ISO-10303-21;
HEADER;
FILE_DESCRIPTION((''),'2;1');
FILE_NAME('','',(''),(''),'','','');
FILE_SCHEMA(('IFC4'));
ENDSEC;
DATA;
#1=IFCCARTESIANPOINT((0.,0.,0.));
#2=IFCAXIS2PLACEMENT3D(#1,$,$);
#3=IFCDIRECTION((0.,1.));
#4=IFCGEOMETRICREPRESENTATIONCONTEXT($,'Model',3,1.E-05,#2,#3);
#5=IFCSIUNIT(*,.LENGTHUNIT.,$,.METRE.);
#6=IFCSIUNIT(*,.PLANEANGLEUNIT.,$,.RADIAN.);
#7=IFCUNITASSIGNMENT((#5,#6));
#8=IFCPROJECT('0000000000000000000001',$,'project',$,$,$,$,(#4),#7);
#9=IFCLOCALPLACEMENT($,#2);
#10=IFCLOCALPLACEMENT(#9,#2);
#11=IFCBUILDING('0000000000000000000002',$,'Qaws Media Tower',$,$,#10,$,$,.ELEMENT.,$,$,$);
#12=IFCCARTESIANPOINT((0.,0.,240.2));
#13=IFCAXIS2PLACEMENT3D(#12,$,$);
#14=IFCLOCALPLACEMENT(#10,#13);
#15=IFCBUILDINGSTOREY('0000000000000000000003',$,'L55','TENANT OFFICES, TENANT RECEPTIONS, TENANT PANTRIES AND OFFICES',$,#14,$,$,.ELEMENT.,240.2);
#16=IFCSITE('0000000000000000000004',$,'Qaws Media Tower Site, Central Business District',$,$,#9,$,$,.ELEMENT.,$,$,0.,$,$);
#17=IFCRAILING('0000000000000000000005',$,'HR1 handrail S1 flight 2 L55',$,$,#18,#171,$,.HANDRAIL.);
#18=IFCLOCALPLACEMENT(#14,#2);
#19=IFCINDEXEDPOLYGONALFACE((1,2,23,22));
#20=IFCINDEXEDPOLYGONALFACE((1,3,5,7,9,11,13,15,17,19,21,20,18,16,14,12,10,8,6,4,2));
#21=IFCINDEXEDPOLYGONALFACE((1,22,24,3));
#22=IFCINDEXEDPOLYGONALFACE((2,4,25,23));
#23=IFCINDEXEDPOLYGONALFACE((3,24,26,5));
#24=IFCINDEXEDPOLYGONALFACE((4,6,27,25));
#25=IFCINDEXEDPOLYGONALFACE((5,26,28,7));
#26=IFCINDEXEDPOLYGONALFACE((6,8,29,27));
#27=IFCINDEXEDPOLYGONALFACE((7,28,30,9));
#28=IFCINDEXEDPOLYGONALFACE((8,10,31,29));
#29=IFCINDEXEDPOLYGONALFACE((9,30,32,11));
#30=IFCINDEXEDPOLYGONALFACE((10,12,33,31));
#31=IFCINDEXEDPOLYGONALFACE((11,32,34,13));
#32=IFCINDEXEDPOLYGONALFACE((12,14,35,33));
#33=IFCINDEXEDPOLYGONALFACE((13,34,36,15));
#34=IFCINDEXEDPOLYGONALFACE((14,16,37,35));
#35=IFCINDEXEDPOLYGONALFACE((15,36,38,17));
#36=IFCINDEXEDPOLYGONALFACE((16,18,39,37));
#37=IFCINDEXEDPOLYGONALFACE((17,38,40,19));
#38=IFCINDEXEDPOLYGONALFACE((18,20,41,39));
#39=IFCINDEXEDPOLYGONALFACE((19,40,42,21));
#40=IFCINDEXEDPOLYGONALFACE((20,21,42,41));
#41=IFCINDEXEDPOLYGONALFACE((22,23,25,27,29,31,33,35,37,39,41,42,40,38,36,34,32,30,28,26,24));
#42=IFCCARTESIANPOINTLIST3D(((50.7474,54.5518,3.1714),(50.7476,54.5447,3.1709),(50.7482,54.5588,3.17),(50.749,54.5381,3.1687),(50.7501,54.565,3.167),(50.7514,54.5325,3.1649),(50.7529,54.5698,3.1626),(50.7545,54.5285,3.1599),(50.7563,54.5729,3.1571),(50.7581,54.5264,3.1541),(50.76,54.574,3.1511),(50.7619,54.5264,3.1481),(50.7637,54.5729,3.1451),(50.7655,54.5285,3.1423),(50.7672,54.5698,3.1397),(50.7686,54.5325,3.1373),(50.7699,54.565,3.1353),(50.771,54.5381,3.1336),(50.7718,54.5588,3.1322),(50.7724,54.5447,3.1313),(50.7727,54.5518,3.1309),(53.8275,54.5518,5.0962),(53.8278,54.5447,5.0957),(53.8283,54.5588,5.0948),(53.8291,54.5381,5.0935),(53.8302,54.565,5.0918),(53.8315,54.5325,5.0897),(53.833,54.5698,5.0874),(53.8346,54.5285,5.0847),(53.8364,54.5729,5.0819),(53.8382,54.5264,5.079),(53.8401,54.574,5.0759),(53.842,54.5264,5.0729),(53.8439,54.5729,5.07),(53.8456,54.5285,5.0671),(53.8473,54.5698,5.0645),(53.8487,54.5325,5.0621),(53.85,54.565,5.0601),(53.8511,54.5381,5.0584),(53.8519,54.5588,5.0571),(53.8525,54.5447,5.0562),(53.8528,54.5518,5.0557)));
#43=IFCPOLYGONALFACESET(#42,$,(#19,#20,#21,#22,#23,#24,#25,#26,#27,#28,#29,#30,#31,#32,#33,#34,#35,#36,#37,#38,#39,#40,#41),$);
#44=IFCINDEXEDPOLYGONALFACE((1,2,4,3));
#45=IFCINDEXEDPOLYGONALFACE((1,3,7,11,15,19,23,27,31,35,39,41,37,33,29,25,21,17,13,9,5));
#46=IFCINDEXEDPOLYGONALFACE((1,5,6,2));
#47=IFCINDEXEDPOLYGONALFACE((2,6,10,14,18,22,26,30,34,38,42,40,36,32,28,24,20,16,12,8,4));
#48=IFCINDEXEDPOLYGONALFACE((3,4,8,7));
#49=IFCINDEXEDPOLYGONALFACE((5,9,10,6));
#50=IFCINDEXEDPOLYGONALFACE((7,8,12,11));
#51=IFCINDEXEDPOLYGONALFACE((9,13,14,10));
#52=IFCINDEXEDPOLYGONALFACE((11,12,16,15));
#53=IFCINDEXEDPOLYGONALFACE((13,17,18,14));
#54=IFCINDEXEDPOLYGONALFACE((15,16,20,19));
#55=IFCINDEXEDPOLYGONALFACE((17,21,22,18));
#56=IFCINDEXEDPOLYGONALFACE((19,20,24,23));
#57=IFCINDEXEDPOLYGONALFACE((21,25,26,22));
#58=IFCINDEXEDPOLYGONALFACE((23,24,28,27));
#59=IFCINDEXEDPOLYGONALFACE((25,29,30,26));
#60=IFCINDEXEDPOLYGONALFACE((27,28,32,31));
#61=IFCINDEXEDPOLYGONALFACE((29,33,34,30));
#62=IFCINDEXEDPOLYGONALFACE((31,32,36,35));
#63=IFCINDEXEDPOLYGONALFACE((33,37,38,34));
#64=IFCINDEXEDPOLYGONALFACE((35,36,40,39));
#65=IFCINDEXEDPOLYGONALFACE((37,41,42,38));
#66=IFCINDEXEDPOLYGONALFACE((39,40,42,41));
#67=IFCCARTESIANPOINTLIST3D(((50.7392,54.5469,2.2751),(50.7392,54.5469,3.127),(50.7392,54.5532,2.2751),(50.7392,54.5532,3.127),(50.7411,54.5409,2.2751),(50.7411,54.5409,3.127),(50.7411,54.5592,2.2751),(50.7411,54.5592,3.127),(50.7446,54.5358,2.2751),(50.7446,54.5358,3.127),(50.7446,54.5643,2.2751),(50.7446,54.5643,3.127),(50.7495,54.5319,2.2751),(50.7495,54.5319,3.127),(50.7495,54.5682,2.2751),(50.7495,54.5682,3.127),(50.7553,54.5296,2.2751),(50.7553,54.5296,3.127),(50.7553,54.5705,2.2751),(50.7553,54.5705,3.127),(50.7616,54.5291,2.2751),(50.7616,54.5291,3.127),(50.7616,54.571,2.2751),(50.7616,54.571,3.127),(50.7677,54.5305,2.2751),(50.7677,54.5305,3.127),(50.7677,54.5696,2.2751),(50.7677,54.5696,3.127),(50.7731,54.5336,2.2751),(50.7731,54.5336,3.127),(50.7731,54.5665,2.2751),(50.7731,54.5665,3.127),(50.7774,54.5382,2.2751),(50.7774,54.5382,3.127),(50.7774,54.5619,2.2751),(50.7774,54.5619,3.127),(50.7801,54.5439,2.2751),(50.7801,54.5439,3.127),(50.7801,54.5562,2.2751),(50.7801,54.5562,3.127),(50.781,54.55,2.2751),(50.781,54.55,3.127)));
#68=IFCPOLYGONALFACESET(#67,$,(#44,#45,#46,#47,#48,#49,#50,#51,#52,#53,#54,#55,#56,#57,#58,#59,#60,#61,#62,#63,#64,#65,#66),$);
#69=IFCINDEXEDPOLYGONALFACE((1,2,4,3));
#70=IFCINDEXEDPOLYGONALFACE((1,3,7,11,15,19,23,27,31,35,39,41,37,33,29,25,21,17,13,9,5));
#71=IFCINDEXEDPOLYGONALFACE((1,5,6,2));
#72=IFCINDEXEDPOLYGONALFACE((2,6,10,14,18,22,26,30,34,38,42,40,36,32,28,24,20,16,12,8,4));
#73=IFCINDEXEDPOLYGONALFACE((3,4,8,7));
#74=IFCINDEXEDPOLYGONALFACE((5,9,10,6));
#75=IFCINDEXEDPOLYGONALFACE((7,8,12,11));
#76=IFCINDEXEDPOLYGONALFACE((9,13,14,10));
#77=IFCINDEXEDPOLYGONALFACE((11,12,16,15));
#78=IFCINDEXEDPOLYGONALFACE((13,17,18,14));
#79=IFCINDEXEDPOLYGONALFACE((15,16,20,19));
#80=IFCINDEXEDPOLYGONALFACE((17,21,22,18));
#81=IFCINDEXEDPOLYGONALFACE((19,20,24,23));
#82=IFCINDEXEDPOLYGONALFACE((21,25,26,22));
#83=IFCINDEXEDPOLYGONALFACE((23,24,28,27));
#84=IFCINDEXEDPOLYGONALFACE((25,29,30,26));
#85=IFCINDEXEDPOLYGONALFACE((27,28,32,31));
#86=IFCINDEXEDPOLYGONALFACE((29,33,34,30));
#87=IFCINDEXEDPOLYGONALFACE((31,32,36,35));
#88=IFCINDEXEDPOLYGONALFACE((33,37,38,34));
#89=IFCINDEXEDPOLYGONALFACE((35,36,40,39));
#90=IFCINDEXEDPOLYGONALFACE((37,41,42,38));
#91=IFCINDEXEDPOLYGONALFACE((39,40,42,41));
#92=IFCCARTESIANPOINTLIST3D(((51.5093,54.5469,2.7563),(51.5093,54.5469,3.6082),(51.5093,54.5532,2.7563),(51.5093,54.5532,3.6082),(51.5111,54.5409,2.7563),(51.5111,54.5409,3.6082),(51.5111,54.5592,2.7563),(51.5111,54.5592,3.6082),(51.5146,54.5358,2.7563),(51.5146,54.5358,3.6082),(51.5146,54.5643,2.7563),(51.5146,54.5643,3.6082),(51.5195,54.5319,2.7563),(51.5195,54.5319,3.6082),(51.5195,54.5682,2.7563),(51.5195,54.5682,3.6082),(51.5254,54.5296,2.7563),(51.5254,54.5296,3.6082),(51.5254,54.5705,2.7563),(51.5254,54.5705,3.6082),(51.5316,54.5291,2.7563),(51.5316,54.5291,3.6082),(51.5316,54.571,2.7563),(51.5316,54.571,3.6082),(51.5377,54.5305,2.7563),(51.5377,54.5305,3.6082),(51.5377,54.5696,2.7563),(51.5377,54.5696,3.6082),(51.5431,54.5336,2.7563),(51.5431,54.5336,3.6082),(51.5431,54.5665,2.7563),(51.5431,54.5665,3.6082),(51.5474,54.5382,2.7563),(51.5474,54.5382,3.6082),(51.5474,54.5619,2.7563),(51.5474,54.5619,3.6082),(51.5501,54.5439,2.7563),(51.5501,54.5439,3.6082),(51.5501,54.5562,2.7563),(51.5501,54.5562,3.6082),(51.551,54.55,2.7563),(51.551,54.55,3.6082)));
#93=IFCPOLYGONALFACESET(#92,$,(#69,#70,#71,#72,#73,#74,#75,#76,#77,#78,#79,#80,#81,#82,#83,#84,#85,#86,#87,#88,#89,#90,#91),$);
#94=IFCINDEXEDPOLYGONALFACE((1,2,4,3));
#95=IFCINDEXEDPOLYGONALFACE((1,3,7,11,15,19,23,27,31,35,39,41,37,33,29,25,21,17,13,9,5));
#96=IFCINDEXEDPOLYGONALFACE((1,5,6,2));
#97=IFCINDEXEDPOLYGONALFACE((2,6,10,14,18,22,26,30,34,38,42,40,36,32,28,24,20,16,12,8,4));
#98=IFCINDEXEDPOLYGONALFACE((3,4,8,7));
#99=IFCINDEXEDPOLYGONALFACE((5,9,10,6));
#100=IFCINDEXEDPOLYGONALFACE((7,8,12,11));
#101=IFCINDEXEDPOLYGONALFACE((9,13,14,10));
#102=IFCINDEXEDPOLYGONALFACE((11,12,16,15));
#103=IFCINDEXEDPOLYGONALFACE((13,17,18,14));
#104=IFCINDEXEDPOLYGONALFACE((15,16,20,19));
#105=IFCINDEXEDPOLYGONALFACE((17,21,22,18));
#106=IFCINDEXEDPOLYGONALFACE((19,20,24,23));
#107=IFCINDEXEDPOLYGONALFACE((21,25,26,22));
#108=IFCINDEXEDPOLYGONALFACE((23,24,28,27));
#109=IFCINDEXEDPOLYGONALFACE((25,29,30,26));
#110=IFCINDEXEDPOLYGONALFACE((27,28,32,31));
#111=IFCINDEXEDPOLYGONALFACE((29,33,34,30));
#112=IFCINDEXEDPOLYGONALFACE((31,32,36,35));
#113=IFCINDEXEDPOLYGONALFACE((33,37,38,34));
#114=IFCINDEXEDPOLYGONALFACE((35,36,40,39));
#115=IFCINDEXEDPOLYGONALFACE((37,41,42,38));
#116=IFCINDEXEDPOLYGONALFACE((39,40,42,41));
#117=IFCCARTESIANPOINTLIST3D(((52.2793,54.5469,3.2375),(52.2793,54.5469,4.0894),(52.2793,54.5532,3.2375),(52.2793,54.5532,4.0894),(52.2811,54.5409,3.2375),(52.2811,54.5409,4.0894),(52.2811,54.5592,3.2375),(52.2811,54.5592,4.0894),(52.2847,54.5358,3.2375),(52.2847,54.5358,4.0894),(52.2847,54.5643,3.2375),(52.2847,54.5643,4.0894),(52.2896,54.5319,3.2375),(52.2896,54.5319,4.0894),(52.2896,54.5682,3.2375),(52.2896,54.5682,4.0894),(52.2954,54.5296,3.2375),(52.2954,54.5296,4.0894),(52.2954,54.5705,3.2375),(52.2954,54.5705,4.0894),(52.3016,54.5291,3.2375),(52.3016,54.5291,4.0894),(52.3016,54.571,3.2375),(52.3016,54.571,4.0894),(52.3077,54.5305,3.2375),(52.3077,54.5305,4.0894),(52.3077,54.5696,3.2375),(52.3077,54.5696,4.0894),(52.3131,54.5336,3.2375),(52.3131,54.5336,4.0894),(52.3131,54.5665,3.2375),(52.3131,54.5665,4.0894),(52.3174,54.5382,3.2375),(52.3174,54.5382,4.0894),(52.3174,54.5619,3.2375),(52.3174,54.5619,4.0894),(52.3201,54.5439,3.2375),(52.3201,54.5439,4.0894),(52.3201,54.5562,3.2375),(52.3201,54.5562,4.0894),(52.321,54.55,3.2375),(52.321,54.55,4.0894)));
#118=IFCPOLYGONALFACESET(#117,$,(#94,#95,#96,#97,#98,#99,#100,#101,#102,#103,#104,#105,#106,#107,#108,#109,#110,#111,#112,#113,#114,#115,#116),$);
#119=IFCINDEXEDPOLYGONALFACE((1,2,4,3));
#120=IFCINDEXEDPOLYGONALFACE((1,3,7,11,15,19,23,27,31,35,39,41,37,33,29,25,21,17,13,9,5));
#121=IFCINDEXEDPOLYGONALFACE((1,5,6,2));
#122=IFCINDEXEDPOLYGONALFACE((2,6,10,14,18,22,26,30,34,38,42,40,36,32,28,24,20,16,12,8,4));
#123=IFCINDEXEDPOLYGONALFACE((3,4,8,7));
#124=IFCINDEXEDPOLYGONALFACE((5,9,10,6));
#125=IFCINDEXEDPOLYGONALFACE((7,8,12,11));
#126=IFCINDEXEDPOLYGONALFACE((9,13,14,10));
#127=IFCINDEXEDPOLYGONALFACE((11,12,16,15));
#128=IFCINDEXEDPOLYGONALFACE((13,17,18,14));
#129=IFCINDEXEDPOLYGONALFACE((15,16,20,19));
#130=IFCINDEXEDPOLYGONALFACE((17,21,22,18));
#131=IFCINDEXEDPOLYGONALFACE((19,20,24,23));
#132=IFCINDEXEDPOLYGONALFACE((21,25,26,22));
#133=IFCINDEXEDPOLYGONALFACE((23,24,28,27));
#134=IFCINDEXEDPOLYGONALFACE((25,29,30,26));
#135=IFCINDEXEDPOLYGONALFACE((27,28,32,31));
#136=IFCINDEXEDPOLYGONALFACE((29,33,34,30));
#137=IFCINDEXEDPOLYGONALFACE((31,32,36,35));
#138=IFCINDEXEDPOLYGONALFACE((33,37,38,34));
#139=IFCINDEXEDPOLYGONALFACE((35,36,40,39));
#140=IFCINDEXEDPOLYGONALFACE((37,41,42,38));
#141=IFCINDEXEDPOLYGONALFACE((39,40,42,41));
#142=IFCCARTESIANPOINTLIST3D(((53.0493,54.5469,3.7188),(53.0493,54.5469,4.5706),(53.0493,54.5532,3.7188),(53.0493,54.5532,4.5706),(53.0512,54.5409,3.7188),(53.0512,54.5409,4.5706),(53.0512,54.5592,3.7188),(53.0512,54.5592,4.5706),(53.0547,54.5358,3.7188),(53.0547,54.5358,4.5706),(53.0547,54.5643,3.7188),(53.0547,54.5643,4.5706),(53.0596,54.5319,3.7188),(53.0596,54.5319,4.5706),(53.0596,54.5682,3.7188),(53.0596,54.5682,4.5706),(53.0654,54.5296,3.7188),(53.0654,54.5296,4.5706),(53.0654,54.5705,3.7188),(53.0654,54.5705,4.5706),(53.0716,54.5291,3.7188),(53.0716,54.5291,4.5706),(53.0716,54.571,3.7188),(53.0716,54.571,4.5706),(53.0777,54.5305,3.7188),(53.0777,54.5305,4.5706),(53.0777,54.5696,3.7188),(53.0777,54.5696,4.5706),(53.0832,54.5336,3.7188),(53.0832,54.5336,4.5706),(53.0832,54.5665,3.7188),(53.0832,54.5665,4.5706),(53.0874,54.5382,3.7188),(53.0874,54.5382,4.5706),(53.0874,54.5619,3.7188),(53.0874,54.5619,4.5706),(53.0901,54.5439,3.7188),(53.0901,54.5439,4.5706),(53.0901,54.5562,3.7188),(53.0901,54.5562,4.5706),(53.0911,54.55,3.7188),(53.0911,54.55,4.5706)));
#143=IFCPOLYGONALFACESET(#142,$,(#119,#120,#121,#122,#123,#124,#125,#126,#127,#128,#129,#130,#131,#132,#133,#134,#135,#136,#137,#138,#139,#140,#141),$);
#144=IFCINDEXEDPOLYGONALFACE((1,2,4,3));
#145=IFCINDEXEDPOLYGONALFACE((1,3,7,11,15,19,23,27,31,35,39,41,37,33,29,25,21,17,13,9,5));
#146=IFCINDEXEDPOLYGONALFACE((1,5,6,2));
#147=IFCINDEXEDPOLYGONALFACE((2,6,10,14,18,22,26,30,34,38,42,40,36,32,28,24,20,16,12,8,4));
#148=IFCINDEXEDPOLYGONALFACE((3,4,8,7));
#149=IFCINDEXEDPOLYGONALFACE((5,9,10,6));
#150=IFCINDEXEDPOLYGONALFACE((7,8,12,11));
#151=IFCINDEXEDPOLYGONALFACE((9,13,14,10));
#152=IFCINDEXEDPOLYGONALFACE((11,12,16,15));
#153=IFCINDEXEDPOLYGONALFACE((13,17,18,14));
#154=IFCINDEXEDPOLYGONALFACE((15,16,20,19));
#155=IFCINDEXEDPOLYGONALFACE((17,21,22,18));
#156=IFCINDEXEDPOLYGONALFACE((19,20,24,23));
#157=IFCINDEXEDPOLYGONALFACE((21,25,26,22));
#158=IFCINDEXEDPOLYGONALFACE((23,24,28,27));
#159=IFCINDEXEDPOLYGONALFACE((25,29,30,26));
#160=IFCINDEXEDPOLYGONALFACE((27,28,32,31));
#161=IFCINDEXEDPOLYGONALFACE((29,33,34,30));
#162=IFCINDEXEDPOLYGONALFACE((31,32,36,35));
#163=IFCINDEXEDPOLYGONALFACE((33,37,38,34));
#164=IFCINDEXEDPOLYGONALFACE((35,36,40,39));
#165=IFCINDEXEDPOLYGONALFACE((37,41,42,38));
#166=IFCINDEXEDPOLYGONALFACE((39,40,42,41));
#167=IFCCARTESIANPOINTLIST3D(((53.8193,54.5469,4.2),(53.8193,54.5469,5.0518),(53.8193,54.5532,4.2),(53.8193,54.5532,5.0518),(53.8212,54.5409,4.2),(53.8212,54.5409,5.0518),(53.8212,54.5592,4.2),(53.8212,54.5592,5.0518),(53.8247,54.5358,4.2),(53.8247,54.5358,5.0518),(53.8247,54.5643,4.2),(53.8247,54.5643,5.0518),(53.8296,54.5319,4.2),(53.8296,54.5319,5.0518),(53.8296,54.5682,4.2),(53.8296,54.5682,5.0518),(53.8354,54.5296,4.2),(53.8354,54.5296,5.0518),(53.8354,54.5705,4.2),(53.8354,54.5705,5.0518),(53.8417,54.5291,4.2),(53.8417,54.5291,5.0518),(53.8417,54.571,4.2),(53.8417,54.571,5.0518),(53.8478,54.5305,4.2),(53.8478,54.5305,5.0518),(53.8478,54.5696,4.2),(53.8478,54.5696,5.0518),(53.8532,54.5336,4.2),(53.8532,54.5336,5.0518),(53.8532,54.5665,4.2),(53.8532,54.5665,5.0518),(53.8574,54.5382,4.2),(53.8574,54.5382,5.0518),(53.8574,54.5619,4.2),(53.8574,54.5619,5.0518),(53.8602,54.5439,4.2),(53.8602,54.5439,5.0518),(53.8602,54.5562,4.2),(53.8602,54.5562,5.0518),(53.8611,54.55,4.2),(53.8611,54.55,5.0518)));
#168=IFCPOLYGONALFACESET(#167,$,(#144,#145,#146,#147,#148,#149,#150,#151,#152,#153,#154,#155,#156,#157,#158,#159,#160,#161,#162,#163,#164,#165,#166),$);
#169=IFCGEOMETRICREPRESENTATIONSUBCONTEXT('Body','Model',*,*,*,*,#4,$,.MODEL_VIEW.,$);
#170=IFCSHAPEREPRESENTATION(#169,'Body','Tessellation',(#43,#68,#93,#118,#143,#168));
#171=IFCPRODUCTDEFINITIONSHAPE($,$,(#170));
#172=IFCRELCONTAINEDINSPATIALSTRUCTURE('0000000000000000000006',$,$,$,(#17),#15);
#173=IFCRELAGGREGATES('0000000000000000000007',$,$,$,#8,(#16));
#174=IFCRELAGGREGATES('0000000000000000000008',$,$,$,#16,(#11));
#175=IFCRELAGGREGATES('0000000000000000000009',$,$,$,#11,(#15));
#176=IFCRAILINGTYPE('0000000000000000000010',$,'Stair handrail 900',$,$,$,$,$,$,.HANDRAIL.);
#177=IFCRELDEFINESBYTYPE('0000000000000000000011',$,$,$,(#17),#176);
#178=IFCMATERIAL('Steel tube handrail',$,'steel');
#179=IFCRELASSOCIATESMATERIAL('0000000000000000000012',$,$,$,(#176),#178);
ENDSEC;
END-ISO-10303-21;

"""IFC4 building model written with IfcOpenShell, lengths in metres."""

from ifc_helpers import new_model, si_unit, direction, frame, origin, origin_2d, place, context, subcontext, project, spatial, circle, extrude, material, type_object, element, save


model = new_model("IFC4")

# Units and contexts
model_context = context("Model", 3, precision=1e-05, world=origin(), true_north=direction((0.0, 1.0)))
body_context = subcontext(model_context, "Body", "Model", "MODEL_VIEW")
ifc_project = project(units=[si_unit("LENGTHUNIT", "METRE"), si_unit("PLANEANGLEUNIT", "RADIAN")], contexts=[model_context])

# Site, building, storey
site_placement = place(None, origin())
site = spatial("IfcSite", under=ifc_project, at=site_placement, Name="Qaws Media Tower Site, Central Business District", CompositionType="ELEMENT", RefElevation=0.0)
building_placement = place(site_placement, origin())
building = spatial("IfcBuilding", under=site, at=building_placement, Name="Qaws Media Tower", CompositionType="ELEMENT")
storey_placement = place(building_placement, frame((0.0, 0.0, 240.2)))
storey = spatial("IfcBuildingStorey", under=building, at=storey_placement, Name="L55", Description="TENANT OFFICES, TENANT RECEPTIONS, TENANT PANTRIES AND OFFICES", CompositionType="ELEMENT", Elevation=240.2)

# Railing
ifc_material_1 = material(Name="Steel tube handrail", Category="steel")
railing_type = type_object("IfcRailingType", Name="Stair handrail 900", PredefinedType="HANDRAIL", material=ifc_material_1)
for number, where, name in (
    (1, (50.76, 54.55, 2.2751), "HR1 handrail S1 flight 2 L55"),
):
    element("IfcRailing", number, at=place(storey_placement, frame(where)), inside=storey, type_object=railing_type, Name=name, PredefinedType="HANDRAIL", context=body_context, shape_type="SweptSolid", body=[
        extrude(circle(Radius=0.0239, at=origin_2d()), frame((0.0, 0.0, 0.876), z_axis=(0.848029, 0.0, 0.529951), x_axis=(0.0, 1.0, 0.0)), (0.0, 0.0, 1.0), 3.6321),
        extrude(circle(Radius=0.021, at=origin_2d()), origin(), (0.0, 0.0, 1.0), 0.8518),
        extrude(circle(Radius=0.021, at=origin_2d()), frame((0.77, 0.0, 0.4812)), (0.0, 0.0, 1.0), 0.8518),
        extrude(circle(Radius=0.021, at=origin_2d()), frame((1.54, 0.0, 0.9624)), (0.0, 0.0, 1.0), 0.8518),
        extrude(circle(Radius=0.021, at=origin_2d()), frame((2.3101, 0.0, 1.4436)), (0.0, 0.0, 1.0), 0.8518),
        extrude(circle(Radius=0.021, at=origin_2d()), frame((3.0801, 0.0, 1.9248)), (0.0, 0.0, 1.0), 0.8518),
    ])

save(model, "model.ifc")
